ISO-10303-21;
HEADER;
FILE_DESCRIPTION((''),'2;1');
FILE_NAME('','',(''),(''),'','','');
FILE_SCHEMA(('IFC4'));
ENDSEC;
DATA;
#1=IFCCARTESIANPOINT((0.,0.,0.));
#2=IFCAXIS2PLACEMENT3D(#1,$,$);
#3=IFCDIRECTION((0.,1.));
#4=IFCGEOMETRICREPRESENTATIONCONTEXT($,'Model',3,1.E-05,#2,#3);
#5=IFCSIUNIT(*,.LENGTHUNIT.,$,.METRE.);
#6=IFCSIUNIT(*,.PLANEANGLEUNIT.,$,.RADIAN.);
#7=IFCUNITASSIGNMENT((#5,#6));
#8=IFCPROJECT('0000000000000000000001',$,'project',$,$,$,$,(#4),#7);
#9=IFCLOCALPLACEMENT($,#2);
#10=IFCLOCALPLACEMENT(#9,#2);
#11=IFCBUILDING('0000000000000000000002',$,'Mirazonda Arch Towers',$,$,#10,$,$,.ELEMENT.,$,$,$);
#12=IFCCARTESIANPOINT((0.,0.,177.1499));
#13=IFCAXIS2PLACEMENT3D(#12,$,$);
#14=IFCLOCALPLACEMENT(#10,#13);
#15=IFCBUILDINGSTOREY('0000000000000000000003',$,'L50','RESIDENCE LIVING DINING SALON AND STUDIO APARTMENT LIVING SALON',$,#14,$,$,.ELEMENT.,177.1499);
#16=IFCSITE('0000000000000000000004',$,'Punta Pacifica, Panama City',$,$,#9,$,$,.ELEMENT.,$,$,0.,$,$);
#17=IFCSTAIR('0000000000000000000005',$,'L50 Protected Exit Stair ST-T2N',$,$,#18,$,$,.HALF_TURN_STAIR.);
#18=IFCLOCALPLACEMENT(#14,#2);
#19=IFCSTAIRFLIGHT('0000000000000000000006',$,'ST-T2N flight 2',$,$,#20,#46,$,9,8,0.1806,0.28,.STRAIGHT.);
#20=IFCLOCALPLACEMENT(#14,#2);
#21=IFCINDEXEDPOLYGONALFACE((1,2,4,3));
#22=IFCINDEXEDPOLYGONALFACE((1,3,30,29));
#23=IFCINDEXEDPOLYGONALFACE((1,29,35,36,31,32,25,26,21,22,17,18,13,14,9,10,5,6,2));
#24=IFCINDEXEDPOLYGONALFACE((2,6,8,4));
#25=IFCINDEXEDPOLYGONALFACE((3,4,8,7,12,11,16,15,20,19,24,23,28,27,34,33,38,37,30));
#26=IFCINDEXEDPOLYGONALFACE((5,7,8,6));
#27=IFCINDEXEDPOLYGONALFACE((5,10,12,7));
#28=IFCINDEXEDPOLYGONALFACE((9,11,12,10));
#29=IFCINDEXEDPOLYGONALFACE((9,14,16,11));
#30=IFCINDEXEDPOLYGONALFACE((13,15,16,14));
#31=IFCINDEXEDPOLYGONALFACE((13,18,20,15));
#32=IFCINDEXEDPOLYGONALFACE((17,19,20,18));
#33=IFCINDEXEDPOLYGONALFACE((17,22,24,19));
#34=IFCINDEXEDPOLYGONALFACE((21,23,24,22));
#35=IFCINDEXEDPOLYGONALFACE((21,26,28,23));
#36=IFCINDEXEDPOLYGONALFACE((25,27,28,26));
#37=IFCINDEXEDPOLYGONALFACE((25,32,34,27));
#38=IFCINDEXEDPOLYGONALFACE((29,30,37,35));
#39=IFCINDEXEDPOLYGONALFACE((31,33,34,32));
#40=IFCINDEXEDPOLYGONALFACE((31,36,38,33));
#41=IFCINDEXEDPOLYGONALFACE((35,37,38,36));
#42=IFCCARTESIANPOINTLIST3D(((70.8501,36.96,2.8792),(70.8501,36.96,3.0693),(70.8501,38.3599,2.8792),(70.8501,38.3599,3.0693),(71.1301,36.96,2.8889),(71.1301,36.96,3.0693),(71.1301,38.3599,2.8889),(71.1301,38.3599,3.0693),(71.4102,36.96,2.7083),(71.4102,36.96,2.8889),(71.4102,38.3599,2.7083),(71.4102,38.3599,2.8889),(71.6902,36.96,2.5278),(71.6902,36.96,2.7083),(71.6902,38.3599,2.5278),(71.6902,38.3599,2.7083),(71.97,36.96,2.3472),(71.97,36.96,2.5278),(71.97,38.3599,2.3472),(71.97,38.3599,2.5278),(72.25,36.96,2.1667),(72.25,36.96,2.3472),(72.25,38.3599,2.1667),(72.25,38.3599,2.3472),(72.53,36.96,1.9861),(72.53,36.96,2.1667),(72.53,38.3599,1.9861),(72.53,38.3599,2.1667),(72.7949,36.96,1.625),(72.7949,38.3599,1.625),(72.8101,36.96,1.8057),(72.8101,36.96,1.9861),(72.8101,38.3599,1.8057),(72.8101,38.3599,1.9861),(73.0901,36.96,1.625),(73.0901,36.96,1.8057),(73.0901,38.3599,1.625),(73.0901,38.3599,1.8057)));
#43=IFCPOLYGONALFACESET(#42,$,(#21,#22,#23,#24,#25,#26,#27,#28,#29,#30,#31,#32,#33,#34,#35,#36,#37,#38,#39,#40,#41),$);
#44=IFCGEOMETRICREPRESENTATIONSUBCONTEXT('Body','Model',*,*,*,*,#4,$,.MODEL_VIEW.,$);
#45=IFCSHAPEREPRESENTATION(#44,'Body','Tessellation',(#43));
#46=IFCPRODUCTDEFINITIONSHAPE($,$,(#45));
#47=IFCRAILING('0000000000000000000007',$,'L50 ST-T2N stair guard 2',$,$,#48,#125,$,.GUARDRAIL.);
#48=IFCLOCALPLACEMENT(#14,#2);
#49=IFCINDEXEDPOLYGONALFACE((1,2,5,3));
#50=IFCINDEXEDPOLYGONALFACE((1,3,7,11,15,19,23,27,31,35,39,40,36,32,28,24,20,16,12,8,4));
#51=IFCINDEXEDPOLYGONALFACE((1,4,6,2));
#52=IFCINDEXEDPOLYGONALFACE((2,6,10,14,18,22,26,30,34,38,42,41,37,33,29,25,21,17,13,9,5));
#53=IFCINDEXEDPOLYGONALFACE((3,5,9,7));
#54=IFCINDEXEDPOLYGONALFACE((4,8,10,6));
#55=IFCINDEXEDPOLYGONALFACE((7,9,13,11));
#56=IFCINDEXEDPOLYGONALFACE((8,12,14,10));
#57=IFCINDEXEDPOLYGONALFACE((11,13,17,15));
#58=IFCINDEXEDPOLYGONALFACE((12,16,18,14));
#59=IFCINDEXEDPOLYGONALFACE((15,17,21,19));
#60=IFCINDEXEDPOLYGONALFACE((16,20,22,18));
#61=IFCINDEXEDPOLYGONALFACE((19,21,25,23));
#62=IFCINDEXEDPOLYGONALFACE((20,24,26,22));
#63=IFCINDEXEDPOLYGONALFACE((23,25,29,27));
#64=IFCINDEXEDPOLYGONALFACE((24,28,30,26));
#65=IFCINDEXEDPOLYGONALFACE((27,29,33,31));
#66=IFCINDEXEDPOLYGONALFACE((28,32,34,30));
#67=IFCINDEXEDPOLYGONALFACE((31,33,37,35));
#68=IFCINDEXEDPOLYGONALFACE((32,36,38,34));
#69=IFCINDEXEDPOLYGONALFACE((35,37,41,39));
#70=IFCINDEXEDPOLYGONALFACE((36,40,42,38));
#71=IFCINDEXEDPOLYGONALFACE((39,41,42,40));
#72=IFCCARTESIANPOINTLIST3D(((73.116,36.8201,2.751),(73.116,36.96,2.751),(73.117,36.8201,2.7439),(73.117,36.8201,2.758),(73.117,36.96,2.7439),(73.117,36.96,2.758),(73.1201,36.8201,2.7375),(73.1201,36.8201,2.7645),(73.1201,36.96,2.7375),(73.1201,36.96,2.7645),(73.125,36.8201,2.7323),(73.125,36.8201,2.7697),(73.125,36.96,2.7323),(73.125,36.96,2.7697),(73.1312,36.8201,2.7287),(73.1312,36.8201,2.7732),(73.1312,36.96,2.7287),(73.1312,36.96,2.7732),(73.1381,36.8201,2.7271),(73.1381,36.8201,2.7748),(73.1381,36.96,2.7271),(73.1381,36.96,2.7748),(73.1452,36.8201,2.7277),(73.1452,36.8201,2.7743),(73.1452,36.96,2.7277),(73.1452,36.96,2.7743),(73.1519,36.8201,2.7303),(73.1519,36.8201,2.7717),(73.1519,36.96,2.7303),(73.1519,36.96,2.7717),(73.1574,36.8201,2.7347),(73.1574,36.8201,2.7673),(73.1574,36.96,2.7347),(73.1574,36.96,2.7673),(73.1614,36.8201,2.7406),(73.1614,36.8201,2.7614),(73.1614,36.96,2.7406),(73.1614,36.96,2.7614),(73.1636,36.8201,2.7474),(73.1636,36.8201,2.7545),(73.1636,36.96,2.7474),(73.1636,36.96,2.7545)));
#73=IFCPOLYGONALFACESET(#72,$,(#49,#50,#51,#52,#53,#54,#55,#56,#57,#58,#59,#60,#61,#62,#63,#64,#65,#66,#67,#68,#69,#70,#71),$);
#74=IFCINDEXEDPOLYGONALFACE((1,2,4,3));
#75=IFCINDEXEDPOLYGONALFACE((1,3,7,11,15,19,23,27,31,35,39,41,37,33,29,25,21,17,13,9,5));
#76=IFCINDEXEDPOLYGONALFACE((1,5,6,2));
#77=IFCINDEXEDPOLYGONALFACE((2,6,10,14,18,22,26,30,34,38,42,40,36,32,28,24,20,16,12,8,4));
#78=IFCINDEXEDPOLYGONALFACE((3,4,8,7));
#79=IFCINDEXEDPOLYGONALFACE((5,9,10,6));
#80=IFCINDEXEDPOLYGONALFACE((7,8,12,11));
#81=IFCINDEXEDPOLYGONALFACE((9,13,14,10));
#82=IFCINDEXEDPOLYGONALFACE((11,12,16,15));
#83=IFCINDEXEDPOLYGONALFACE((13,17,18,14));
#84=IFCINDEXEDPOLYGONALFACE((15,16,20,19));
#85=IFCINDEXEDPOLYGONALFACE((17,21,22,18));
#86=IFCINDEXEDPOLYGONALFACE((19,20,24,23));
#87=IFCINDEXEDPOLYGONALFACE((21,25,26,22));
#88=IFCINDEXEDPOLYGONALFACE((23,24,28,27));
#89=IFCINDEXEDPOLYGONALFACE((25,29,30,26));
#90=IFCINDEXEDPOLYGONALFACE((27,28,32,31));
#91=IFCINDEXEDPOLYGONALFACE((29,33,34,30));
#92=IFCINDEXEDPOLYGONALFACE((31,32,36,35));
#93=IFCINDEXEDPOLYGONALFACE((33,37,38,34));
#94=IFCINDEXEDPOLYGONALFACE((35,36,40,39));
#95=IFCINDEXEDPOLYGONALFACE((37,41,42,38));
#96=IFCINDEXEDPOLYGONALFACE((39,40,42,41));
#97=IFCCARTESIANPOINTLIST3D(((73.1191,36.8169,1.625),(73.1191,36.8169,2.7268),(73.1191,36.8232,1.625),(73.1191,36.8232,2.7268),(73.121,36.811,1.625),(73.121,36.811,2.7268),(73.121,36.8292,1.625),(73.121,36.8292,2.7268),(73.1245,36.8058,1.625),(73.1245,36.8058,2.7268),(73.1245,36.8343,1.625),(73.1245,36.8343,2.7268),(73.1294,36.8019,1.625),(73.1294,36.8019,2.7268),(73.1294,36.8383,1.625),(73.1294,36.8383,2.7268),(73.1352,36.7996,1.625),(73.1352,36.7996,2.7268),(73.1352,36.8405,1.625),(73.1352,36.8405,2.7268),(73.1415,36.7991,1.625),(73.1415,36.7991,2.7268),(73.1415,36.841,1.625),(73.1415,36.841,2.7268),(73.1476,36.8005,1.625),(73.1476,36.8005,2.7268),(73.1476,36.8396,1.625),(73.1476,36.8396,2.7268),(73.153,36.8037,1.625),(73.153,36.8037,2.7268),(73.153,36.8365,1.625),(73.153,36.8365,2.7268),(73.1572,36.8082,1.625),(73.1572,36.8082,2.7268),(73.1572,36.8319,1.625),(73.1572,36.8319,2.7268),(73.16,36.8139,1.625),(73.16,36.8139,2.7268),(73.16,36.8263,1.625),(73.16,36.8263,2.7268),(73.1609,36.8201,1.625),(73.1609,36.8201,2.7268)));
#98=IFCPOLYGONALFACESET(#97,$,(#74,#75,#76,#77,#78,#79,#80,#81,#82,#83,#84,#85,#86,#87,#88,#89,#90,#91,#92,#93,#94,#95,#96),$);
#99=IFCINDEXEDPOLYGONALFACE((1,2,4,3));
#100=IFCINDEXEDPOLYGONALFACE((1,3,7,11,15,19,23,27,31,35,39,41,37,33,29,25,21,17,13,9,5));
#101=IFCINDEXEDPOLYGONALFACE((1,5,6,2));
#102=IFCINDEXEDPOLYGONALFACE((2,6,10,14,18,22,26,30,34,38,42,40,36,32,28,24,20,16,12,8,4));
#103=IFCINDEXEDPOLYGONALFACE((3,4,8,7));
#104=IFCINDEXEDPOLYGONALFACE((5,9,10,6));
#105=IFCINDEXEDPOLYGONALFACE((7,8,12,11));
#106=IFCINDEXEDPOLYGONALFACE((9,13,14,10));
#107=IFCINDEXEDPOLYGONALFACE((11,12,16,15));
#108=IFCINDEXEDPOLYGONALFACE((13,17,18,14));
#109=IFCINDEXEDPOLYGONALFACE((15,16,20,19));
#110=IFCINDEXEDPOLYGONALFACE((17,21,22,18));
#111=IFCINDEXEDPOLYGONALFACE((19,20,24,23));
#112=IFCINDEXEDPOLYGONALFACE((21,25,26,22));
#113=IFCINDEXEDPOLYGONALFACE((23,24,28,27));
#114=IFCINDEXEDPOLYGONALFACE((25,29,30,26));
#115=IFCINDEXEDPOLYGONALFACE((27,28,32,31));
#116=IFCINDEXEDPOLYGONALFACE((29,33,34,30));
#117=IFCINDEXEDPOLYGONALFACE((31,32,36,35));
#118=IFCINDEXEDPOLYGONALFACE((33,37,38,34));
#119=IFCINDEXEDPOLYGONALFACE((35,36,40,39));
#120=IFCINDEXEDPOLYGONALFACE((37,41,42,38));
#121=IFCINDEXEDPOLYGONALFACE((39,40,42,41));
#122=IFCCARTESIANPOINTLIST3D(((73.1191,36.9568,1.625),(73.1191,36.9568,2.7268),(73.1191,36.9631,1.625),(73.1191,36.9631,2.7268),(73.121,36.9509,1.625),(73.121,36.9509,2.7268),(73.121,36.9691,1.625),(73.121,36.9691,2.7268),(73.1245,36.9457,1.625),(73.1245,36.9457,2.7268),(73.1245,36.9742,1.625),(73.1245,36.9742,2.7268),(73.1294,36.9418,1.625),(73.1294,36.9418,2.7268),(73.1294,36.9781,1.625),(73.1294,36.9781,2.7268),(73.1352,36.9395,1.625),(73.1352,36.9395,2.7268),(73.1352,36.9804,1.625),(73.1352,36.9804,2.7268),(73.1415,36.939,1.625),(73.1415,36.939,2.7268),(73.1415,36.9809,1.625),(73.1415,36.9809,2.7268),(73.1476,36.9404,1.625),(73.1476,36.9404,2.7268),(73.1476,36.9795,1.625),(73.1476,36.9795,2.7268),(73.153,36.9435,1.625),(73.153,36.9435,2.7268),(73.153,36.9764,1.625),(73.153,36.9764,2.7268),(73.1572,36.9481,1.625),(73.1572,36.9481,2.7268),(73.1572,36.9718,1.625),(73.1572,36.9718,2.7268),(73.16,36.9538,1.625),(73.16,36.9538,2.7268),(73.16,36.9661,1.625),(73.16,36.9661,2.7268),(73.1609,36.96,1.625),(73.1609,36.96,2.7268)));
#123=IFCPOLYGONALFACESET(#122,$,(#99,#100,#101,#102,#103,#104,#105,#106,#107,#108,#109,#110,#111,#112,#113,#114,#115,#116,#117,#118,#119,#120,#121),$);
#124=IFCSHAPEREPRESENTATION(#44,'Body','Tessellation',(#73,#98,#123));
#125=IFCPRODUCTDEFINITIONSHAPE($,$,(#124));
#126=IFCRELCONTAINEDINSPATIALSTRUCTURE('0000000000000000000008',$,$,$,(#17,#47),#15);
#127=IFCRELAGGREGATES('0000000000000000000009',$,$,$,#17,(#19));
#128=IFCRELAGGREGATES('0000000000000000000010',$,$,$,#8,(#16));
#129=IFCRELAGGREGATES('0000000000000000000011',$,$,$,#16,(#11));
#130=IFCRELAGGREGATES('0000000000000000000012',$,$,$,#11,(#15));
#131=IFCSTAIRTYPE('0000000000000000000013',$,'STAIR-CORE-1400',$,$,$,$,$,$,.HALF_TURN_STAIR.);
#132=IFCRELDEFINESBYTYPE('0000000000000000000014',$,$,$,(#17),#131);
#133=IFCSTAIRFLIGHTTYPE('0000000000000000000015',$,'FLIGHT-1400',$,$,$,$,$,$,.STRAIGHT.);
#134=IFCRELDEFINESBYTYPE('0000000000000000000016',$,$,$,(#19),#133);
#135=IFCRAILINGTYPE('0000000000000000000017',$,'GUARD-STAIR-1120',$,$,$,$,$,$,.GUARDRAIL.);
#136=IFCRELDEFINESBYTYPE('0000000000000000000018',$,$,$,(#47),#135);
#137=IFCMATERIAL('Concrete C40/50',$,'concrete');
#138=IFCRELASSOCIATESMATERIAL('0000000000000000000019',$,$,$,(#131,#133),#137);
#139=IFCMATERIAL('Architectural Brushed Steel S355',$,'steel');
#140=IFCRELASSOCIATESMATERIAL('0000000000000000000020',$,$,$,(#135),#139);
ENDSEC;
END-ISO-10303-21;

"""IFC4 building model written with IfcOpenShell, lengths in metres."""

from ifc_helpers import new_model, si_unit, direction, frame, origin, origin_2d, place, context, subcontext, project, spatial, polyline, circle, outline, extrude, material, type_object, element, aggregate, save


model = new_model("IFC4")

# Units and contexts
model_context = context("Model", 3, precision=1e-05, world=origin(), true_north=direction((0.0, 1.0)))
body_context = subcontext(model_context, "Body", "Model", "MODEL_VIEW")
ifc_project = project(units=[si_unit("LENGTHUNIT", "METRE"), si_unit("PLANEANGLEUNIT", "RADIAN")], contexts=[model_context])

# Site, building, storey
site_placement = place(None, origin())
site = spatial("IfcSite", under=ifc_project, at=site_placement, Name="Punta Pacifica, Panama City", CompositionType="ELEMENT", RefElevation=0.0)
building_placement = place(site_placement, origin())
building = spatial("IfcBuilding", under=site, at=building_placement, Name="Mirazonda Arch Towers", CompositionType="ELEMENT")
storey_placement = place(building_placement, frame((0.0, 0.0, 177.1499)))
storey = spatial("IfcBuildingStorey", under=building, at=storey_placement, Name="L50", Description="RESIDENCE LIVING DINING SALON AND STUDIO APARTMENT LIVING SALON", CompositionType="ELEMENT", Elevation=177.1499)

# Shared definitions
ifc_material_1 = material(Name="Concrete C40/50", Category="concrete")

# Stair, stair flight
stair_type = type_object("IfcStairType", Name="STAIR-CORE-1400", PredefinedType="HALF_TURN_STAIR", material=ifc_material_1)
stair_placement = place(storey_placement, origin())
stair = element("IfcStair", 1, at=stair_placement, inside=storey, type_object=stair_type, Name="L50 Protected Exit Stair ST-T2N", PredefinedType="HALF_TURN_STAIR")
stair_flight_type = type_object("IfcStairFlightType", Name="FLIGHT-1400", PredefinedType="STRAIGHT", material=ifc_material_1)
stair_flight_placement = place(storey_placement, frame((73.0901, 37.6599, 1.625), z_axis=(0.0, 0.0, 1.0), x_axis=(-1.0, 0.0, 0.0)))
stair_flight = element("IfcStairFlight", 2, at=stair_flight_placement, type_object=stair_flight_type, Name="ST-T2N flight 2", NumberOfRisers=9, NumberOfTreads=8, PredefinedType="STRAIGHT", RiserHeight=0.1806, TreadLength=0.28, context=body_context, shape_type="SweptSolid", body=[
    extrude(outline(polyline([(0.0, 0.0), (0.0, 0.1807), (0.28, 0.1807), (0.28, 0.3611), (0.5601, 0.3611), (0.5601, 0.5417), (0.8401, 0.5417), (0.8401, 0.7222), (1.1201, 0.7222), (1.1201, 0.9028), (1.3999, 0.9028), (1.3999, 1.0833), (1.6799, 1.0833), (1.6799, 1.2639), (1.96, 1.2639), (1.96, 1.4443), (2.24, 1.4443), (2.24, 1.625), (2.24, 1.2542), (0.2952, 0.0), (0.0, 0.0)])), frame((0.0, 0.7, 0.0), z_axis=(0.0, -1.0, 0.0), x_axis=(1.0, 0.0, 0.0)), (0.0, 0.0, 1.0), 1.3999),
])
aggregate(stair, [stair_flight])

# Railing
ifc_material_2 = material(Name="Architectural Brushed Steel S355", Category="steel")
railing_type_1 = type_object("IfcRailingType", Name="GUARD-STAIR-1120", PredefinedType="GUARDRAIL", material=ifc_material_2)
railing_1_placement = place(storey_placement, frame((73.1399, 36.8201, 1.625)))
element("IfcRailing", 3, at=railing_1_placement, inside=storey, type_object=railing_type_1, Name="L50 ST-T2N stair guard 2", PredefinedType="GUARDRAIL", context=body_context, shape_type="SweptSolid", body=[
    extrude(circle(Radius=0.0239, at=origin_2d()), frame((0.0, 0.0, 1.126), z_axis=(0.0, 1.0, 0.0), x_axis=(-1.0, 0.0, 0.0)), (0.0, 0.0, 1.0), 0.1399),
    extrude(circle(Radius=0.021, at=origin_2d()), origin(), (0.0, 0.0, 1.0), 1.1018),
    extrude(circle(Radius=0.021, at=origin_2d()), frame((0.0, 0.1399, 0.0)), (0.0, 0.0, 1.0), 1.1018),
])

save(model, "model.ifc")
